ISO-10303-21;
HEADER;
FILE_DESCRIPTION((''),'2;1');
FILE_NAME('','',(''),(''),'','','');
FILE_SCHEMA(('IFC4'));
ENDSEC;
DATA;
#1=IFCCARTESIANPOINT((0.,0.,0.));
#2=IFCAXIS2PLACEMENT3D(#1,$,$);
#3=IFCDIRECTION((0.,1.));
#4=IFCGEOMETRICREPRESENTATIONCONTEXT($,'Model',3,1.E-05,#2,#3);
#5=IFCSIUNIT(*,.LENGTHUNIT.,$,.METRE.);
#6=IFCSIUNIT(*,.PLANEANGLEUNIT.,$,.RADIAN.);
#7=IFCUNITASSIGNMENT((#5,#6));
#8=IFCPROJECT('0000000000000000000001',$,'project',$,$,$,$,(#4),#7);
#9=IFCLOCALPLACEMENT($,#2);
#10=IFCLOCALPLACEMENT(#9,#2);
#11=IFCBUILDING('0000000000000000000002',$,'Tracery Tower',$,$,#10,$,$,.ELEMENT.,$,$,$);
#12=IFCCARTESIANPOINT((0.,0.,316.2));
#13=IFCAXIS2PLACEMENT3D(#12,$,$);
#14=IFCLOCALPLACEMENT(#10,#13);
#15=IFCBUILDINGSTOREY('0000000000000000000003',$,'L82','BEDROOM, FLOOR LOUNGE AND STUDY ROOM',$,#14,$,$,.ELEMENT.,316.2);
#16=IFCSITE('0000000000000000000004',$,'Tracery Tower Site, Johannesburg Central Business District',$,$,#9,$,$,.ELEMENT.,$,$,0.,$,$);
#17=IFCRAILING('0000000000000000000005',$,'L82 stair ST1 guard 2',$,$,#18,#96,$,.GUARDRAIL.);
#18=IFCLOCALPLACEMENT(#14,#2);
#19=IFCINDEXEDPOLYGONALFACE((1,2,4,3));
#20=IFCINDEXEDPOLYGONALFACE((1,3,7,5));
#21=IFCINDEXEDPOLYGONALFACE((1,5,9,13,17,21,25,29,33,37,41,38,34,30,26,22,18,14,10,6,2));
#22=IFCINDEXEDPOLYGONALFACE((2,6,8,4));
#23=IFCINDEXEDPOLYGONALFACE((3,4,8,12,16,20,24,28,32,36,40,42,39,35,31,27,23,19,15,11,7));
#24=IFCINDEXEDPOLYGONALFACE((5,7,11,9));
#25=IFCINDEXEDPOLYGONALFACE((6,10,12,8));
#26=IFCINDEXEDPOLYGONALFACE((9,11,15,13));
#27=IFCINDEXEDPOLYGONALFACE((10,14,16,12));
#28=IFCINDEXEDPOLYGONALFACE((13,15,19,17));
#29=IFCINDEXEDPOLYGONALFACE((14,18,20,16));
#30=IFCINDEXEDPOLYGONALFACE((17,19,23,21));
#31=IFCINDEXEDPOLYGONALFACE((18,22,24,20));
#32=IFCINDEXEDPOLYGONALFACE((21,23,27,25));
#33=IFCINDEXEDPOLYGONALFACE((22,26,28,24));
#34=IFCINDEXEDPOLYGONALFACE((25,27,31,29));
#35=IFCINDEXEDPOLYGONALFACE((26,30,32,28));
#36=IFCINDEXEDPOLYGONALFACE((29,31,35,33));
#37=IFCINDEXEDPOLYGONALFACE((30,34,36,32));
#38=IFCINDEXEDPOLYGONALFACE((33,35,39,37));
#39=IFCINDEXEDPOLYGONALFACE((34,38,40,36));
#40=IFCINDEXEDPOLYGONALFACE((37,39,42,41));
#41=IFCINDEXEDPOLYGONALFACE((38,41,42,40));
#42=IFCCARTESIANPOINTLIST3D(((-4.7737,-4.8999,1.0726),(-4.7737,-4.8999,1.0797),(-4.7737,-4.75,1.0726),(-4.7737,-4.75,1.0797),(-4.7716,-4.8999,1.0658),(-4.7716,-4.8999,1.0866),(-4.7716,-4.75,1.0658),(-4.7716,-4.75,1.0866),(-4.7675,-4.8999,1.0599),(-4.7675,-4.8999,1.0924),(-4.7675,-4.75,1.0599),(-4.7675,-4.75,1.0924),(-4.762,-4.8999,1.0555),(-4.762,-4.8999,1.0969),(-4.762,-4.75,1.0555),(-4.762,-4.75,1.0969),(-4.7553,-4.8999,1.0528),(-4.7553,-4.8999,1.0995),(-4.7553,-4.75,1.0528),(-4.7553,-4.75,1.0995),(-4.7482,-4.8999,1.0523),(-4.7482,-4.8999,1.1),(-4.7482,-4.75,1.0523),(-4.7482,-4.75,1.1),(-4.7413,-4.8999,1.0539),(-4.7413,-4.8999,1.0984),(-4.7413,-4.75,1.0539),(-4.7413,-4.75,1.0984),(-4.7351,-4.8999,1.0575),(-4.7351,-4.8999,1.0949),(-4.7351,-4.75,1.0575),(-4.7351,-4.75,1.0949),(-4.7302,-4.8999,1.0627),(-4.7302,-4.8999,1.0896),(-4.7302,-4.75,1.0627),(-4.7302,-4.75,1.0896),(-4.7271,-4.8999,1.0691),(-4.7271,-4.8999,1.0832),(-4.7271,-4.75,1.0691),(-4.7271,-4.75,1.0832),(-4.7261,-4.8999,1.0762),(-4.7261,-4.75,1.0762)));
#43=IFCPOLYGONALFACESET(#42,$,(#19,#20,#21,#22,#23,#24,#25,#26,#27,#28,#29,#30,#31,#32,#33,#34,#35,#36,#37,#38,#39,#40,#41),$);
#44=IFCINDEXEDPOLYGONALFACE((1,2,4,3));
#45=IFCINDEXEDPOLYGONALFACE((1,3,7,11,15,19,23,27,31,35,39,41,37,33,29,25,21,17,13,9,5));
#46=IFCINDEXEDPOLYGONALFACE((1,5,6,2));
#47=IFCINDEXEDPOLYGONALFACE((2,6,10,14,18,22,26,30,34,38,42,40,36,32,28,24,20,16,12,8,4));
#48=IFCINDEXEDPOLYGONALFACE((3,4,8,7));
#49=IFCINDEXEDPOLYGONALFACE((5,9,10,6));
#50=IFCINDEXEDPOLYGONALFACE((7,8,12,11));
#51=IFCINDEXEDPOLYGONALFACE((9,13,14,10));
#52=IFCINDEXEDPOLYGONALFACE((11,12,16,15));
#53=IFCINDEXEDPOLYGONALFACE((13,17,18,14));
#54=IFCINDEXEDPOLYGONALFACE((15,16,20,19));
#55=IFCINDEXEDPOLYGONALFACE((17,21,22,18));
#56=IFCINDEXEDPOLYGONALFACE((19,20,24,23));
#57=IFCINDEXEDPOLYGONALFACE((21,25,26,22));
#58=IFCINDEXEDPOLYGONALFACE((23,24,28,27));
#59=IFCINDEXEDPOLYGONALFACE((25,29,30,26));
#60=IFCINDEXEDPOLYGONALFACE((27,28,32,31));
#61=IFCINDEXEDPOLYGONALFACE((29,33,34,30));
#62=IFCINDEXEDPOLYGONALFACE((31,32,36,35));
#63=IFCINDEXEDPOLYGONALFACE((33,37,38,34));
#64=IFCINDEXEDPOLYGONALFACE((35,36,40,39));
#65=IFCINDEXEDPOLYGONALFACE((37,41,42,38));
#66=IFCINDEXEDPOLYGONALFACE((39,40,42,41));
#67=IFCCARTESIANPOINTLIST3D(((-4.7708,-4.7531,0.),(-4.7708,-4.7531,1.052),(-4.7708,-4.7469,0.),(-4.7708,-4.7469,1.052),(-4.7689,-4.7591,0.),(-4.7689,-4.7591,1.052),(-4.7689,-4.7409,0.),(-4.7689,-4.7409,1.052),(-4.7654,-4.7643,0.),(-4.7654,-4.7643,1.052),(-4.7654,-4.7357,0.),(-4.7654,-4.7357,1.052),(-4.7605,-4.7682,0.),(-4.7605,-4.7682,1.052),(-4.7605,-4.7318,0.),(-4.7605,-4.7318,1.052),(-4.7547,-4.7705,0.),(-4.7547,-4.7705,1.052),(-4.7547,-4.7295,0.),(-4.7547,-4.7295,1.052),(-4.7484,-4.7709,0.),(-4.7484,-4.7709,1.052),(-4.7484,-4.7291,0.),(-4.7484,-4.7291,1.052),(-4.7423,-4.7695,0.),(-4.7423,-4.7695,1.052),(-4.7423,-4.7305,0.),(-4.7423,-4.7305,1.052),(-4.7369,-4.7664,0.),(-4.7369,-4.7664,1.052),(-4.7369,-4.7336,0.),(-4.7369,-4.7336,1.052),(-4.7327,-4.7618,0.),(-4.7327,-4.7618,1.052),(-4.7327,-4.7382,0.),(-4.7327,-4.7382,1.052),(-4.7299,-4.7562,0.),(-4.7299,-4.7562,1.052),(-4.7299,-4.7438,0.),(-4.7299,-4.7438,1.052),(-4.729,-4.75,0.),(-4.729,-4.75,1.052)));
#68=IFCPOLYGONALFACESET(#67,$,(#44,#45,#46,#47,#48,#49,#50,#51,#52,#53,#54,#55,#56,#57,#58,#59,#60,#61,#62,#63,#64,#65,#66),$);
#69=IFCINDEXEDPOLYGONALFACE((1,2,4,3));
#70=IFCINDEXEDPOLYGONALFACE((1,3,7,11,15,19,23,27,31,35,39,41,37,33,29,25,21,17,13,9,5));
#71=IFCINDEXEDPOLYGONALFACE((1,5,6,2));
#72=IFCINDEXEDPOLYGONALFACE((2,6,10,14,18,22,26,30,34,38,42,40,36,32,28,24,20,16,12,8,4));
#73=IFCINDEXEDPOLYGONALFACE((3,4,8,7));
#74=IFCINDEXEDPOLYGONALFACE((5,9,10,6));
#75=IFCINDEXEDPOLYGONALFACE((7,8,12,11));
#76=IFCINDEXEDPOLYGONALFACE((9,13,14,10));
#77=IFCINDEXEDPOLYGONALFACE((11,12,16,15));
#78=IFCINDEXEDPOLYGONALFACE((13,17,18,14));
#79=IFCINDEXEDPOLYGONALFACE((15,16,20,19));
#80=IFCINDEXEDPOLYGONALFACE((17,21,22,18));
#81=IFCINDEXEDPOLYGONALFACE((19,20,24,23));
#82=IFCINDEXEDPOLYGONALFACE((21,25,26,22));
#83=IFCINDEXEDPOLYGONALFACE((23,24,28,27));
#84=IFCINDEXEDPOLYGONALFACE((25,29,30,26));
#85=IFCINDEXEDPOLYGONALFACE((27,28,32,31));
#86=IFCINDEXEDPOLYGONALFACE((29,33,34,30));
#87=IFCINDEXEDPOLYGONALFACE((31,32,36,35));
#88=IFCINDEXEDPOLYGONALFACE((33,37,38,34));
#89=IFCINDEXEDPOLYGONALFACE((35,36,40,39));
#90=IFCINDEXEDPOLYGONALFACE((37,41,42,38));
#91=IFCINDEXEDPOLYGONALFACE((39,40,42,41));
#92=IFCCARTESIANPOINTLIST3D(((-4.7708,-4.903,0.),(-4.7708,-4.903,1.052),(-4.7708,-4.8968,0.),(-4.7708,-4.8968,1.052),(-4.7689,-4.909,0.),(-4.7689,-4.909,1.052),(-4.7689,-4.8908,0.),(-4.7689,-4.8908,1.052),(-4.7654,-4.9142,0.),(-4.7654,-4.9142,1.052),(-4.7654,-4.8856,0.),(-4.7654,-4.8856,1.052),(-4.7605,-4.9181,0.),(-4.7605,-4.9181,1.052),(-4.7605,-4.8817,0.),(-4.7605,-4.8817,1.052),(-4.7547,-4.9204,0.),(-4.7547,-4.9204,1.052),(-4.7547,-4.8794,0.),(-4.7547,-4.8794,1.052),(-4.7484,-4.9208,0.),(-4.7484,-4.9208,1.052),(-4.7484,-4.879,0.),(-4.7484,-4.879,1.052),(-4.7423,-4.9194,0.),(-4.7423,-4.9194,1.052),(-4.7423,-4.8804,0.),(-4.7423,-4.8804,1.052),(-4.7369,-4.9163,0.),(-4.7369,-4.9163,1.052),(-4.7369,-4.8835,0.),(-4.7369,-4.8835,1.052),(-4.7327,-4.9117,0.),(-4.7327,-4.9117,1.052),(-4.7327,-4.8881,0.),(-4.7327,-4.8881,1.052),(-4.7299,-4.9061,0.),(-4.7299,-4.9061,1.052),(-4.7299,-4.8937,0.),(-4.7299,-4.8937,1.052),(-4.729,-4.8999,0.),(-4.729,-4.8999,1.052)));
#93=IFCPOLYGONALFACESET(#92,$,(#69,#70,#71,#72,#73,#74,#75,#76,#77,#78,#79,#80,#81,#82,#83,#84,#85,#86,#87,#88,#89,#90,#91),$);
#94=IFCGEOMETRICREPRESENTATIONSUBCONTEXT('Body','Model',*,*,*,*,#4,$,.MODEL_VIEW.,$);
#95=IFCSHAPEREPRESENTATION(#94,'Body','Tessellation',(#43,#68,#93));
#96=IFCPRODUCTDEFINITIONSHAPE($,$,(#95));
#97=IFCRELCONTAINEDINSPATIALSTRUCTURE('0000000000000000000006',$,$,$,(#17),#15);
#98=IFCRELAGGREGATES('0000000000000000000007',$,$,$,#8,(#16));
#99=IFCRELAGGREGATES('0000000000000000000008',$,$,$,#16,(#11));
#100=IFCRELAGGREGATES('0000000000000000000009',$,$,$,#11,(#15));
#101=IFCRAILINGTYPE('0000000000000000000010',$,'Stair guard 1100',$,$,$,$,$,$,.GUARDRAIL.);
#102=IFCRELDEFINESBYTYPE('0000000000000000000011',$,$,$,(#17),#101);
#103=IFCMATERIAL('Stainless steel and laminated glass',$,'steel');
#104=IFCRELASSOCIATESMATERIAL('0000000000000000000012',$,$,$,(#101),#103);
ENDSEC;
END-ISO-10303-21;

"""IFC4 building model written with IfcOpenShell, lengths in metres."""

from ifc_helpers import new_model, si_unit, direction, frame, origin, origin_2d, place, context, subcontext, project, spatial, circle, extrude, material, type_object, element, save


model = new_model("IFC4")

# Units and contexts
model_context = context("Model", 3, precision=1e-05, world=origin(), true_north=direction((0.0, 1.0)))
body_context = subcontext(model_context, "Body", "Model", "MODEL_VIEW")
ifc_project = project(units=[si_unit("LENGTHUNIT", "METRE"), si_unit("PLANEANGLEUNIT", "RADIAN")], contexts=[model_context])

# Site, building, storey
site_placement = place(None, origin())
site = spatial("IfcSite", under=ifc_project, at=site_placement, Name="Tracery Tower Site, Johannesburg Central Business District", CompositionType="ELEMENT", RefElevation=0.0)
building_placement = place(site_placement, origin())
building = spatial("IfcBuilding", under=site, at=building_placement, Name="Tracery Tower", CompositionType="ELEMENT")
storey_placement = place(building_placement, frame((0.0, 0.0, 316.2)))
storey = spatial("IfcBuildingStorey", under=building, at=storey_placement, Name="L82", Description="BEDROOM, FLOOR LOUNGE AND STUDY ROOM", CompositionType="ELEMENT", Elevation=316.2)

# Railing
ifc_material_1 = material(Name="Stainless steel and laminated glass", Category="steel")
railing_type_1 = type_object("IfcRailingType", Name="Stair guard 1100", PredefinedType="GUARDRAIL", material=ifc_material_1)
railing_1_placement = place(storey_placement, frame((-4.75, -4.75, 0.0)))
element("IfcRailing", 1, at=railing_1_placement, inside=storey, type_object=railing_type_1, Name="L82 stair ST1 guard 2", PredefinedType="GUARDRAIL", context=body_context, shape_type="SweptSolid", body=[
    extrude(circle(Radius=0.0239, at=origin_2d()), frame((0.0, 0.0, 1.0762), z_axis=(0.0, -1.0, 0.0), x_axis=(1.0, 0.0, 0.0)), (0.0, 0.0, 1.0), 0.1499),
    extrude(circle(Radius=0.021, at=origin_2d()), origin(), (0.0, 0.0, 1.0), 1.052),
    extrude(circle(Radius=0.021, at=origin_2d()), frame((0.0, -0.1499, 0.0)), (0.0, 0.0, 1.0), 1.052),
])

save(model, "model.ifc")
